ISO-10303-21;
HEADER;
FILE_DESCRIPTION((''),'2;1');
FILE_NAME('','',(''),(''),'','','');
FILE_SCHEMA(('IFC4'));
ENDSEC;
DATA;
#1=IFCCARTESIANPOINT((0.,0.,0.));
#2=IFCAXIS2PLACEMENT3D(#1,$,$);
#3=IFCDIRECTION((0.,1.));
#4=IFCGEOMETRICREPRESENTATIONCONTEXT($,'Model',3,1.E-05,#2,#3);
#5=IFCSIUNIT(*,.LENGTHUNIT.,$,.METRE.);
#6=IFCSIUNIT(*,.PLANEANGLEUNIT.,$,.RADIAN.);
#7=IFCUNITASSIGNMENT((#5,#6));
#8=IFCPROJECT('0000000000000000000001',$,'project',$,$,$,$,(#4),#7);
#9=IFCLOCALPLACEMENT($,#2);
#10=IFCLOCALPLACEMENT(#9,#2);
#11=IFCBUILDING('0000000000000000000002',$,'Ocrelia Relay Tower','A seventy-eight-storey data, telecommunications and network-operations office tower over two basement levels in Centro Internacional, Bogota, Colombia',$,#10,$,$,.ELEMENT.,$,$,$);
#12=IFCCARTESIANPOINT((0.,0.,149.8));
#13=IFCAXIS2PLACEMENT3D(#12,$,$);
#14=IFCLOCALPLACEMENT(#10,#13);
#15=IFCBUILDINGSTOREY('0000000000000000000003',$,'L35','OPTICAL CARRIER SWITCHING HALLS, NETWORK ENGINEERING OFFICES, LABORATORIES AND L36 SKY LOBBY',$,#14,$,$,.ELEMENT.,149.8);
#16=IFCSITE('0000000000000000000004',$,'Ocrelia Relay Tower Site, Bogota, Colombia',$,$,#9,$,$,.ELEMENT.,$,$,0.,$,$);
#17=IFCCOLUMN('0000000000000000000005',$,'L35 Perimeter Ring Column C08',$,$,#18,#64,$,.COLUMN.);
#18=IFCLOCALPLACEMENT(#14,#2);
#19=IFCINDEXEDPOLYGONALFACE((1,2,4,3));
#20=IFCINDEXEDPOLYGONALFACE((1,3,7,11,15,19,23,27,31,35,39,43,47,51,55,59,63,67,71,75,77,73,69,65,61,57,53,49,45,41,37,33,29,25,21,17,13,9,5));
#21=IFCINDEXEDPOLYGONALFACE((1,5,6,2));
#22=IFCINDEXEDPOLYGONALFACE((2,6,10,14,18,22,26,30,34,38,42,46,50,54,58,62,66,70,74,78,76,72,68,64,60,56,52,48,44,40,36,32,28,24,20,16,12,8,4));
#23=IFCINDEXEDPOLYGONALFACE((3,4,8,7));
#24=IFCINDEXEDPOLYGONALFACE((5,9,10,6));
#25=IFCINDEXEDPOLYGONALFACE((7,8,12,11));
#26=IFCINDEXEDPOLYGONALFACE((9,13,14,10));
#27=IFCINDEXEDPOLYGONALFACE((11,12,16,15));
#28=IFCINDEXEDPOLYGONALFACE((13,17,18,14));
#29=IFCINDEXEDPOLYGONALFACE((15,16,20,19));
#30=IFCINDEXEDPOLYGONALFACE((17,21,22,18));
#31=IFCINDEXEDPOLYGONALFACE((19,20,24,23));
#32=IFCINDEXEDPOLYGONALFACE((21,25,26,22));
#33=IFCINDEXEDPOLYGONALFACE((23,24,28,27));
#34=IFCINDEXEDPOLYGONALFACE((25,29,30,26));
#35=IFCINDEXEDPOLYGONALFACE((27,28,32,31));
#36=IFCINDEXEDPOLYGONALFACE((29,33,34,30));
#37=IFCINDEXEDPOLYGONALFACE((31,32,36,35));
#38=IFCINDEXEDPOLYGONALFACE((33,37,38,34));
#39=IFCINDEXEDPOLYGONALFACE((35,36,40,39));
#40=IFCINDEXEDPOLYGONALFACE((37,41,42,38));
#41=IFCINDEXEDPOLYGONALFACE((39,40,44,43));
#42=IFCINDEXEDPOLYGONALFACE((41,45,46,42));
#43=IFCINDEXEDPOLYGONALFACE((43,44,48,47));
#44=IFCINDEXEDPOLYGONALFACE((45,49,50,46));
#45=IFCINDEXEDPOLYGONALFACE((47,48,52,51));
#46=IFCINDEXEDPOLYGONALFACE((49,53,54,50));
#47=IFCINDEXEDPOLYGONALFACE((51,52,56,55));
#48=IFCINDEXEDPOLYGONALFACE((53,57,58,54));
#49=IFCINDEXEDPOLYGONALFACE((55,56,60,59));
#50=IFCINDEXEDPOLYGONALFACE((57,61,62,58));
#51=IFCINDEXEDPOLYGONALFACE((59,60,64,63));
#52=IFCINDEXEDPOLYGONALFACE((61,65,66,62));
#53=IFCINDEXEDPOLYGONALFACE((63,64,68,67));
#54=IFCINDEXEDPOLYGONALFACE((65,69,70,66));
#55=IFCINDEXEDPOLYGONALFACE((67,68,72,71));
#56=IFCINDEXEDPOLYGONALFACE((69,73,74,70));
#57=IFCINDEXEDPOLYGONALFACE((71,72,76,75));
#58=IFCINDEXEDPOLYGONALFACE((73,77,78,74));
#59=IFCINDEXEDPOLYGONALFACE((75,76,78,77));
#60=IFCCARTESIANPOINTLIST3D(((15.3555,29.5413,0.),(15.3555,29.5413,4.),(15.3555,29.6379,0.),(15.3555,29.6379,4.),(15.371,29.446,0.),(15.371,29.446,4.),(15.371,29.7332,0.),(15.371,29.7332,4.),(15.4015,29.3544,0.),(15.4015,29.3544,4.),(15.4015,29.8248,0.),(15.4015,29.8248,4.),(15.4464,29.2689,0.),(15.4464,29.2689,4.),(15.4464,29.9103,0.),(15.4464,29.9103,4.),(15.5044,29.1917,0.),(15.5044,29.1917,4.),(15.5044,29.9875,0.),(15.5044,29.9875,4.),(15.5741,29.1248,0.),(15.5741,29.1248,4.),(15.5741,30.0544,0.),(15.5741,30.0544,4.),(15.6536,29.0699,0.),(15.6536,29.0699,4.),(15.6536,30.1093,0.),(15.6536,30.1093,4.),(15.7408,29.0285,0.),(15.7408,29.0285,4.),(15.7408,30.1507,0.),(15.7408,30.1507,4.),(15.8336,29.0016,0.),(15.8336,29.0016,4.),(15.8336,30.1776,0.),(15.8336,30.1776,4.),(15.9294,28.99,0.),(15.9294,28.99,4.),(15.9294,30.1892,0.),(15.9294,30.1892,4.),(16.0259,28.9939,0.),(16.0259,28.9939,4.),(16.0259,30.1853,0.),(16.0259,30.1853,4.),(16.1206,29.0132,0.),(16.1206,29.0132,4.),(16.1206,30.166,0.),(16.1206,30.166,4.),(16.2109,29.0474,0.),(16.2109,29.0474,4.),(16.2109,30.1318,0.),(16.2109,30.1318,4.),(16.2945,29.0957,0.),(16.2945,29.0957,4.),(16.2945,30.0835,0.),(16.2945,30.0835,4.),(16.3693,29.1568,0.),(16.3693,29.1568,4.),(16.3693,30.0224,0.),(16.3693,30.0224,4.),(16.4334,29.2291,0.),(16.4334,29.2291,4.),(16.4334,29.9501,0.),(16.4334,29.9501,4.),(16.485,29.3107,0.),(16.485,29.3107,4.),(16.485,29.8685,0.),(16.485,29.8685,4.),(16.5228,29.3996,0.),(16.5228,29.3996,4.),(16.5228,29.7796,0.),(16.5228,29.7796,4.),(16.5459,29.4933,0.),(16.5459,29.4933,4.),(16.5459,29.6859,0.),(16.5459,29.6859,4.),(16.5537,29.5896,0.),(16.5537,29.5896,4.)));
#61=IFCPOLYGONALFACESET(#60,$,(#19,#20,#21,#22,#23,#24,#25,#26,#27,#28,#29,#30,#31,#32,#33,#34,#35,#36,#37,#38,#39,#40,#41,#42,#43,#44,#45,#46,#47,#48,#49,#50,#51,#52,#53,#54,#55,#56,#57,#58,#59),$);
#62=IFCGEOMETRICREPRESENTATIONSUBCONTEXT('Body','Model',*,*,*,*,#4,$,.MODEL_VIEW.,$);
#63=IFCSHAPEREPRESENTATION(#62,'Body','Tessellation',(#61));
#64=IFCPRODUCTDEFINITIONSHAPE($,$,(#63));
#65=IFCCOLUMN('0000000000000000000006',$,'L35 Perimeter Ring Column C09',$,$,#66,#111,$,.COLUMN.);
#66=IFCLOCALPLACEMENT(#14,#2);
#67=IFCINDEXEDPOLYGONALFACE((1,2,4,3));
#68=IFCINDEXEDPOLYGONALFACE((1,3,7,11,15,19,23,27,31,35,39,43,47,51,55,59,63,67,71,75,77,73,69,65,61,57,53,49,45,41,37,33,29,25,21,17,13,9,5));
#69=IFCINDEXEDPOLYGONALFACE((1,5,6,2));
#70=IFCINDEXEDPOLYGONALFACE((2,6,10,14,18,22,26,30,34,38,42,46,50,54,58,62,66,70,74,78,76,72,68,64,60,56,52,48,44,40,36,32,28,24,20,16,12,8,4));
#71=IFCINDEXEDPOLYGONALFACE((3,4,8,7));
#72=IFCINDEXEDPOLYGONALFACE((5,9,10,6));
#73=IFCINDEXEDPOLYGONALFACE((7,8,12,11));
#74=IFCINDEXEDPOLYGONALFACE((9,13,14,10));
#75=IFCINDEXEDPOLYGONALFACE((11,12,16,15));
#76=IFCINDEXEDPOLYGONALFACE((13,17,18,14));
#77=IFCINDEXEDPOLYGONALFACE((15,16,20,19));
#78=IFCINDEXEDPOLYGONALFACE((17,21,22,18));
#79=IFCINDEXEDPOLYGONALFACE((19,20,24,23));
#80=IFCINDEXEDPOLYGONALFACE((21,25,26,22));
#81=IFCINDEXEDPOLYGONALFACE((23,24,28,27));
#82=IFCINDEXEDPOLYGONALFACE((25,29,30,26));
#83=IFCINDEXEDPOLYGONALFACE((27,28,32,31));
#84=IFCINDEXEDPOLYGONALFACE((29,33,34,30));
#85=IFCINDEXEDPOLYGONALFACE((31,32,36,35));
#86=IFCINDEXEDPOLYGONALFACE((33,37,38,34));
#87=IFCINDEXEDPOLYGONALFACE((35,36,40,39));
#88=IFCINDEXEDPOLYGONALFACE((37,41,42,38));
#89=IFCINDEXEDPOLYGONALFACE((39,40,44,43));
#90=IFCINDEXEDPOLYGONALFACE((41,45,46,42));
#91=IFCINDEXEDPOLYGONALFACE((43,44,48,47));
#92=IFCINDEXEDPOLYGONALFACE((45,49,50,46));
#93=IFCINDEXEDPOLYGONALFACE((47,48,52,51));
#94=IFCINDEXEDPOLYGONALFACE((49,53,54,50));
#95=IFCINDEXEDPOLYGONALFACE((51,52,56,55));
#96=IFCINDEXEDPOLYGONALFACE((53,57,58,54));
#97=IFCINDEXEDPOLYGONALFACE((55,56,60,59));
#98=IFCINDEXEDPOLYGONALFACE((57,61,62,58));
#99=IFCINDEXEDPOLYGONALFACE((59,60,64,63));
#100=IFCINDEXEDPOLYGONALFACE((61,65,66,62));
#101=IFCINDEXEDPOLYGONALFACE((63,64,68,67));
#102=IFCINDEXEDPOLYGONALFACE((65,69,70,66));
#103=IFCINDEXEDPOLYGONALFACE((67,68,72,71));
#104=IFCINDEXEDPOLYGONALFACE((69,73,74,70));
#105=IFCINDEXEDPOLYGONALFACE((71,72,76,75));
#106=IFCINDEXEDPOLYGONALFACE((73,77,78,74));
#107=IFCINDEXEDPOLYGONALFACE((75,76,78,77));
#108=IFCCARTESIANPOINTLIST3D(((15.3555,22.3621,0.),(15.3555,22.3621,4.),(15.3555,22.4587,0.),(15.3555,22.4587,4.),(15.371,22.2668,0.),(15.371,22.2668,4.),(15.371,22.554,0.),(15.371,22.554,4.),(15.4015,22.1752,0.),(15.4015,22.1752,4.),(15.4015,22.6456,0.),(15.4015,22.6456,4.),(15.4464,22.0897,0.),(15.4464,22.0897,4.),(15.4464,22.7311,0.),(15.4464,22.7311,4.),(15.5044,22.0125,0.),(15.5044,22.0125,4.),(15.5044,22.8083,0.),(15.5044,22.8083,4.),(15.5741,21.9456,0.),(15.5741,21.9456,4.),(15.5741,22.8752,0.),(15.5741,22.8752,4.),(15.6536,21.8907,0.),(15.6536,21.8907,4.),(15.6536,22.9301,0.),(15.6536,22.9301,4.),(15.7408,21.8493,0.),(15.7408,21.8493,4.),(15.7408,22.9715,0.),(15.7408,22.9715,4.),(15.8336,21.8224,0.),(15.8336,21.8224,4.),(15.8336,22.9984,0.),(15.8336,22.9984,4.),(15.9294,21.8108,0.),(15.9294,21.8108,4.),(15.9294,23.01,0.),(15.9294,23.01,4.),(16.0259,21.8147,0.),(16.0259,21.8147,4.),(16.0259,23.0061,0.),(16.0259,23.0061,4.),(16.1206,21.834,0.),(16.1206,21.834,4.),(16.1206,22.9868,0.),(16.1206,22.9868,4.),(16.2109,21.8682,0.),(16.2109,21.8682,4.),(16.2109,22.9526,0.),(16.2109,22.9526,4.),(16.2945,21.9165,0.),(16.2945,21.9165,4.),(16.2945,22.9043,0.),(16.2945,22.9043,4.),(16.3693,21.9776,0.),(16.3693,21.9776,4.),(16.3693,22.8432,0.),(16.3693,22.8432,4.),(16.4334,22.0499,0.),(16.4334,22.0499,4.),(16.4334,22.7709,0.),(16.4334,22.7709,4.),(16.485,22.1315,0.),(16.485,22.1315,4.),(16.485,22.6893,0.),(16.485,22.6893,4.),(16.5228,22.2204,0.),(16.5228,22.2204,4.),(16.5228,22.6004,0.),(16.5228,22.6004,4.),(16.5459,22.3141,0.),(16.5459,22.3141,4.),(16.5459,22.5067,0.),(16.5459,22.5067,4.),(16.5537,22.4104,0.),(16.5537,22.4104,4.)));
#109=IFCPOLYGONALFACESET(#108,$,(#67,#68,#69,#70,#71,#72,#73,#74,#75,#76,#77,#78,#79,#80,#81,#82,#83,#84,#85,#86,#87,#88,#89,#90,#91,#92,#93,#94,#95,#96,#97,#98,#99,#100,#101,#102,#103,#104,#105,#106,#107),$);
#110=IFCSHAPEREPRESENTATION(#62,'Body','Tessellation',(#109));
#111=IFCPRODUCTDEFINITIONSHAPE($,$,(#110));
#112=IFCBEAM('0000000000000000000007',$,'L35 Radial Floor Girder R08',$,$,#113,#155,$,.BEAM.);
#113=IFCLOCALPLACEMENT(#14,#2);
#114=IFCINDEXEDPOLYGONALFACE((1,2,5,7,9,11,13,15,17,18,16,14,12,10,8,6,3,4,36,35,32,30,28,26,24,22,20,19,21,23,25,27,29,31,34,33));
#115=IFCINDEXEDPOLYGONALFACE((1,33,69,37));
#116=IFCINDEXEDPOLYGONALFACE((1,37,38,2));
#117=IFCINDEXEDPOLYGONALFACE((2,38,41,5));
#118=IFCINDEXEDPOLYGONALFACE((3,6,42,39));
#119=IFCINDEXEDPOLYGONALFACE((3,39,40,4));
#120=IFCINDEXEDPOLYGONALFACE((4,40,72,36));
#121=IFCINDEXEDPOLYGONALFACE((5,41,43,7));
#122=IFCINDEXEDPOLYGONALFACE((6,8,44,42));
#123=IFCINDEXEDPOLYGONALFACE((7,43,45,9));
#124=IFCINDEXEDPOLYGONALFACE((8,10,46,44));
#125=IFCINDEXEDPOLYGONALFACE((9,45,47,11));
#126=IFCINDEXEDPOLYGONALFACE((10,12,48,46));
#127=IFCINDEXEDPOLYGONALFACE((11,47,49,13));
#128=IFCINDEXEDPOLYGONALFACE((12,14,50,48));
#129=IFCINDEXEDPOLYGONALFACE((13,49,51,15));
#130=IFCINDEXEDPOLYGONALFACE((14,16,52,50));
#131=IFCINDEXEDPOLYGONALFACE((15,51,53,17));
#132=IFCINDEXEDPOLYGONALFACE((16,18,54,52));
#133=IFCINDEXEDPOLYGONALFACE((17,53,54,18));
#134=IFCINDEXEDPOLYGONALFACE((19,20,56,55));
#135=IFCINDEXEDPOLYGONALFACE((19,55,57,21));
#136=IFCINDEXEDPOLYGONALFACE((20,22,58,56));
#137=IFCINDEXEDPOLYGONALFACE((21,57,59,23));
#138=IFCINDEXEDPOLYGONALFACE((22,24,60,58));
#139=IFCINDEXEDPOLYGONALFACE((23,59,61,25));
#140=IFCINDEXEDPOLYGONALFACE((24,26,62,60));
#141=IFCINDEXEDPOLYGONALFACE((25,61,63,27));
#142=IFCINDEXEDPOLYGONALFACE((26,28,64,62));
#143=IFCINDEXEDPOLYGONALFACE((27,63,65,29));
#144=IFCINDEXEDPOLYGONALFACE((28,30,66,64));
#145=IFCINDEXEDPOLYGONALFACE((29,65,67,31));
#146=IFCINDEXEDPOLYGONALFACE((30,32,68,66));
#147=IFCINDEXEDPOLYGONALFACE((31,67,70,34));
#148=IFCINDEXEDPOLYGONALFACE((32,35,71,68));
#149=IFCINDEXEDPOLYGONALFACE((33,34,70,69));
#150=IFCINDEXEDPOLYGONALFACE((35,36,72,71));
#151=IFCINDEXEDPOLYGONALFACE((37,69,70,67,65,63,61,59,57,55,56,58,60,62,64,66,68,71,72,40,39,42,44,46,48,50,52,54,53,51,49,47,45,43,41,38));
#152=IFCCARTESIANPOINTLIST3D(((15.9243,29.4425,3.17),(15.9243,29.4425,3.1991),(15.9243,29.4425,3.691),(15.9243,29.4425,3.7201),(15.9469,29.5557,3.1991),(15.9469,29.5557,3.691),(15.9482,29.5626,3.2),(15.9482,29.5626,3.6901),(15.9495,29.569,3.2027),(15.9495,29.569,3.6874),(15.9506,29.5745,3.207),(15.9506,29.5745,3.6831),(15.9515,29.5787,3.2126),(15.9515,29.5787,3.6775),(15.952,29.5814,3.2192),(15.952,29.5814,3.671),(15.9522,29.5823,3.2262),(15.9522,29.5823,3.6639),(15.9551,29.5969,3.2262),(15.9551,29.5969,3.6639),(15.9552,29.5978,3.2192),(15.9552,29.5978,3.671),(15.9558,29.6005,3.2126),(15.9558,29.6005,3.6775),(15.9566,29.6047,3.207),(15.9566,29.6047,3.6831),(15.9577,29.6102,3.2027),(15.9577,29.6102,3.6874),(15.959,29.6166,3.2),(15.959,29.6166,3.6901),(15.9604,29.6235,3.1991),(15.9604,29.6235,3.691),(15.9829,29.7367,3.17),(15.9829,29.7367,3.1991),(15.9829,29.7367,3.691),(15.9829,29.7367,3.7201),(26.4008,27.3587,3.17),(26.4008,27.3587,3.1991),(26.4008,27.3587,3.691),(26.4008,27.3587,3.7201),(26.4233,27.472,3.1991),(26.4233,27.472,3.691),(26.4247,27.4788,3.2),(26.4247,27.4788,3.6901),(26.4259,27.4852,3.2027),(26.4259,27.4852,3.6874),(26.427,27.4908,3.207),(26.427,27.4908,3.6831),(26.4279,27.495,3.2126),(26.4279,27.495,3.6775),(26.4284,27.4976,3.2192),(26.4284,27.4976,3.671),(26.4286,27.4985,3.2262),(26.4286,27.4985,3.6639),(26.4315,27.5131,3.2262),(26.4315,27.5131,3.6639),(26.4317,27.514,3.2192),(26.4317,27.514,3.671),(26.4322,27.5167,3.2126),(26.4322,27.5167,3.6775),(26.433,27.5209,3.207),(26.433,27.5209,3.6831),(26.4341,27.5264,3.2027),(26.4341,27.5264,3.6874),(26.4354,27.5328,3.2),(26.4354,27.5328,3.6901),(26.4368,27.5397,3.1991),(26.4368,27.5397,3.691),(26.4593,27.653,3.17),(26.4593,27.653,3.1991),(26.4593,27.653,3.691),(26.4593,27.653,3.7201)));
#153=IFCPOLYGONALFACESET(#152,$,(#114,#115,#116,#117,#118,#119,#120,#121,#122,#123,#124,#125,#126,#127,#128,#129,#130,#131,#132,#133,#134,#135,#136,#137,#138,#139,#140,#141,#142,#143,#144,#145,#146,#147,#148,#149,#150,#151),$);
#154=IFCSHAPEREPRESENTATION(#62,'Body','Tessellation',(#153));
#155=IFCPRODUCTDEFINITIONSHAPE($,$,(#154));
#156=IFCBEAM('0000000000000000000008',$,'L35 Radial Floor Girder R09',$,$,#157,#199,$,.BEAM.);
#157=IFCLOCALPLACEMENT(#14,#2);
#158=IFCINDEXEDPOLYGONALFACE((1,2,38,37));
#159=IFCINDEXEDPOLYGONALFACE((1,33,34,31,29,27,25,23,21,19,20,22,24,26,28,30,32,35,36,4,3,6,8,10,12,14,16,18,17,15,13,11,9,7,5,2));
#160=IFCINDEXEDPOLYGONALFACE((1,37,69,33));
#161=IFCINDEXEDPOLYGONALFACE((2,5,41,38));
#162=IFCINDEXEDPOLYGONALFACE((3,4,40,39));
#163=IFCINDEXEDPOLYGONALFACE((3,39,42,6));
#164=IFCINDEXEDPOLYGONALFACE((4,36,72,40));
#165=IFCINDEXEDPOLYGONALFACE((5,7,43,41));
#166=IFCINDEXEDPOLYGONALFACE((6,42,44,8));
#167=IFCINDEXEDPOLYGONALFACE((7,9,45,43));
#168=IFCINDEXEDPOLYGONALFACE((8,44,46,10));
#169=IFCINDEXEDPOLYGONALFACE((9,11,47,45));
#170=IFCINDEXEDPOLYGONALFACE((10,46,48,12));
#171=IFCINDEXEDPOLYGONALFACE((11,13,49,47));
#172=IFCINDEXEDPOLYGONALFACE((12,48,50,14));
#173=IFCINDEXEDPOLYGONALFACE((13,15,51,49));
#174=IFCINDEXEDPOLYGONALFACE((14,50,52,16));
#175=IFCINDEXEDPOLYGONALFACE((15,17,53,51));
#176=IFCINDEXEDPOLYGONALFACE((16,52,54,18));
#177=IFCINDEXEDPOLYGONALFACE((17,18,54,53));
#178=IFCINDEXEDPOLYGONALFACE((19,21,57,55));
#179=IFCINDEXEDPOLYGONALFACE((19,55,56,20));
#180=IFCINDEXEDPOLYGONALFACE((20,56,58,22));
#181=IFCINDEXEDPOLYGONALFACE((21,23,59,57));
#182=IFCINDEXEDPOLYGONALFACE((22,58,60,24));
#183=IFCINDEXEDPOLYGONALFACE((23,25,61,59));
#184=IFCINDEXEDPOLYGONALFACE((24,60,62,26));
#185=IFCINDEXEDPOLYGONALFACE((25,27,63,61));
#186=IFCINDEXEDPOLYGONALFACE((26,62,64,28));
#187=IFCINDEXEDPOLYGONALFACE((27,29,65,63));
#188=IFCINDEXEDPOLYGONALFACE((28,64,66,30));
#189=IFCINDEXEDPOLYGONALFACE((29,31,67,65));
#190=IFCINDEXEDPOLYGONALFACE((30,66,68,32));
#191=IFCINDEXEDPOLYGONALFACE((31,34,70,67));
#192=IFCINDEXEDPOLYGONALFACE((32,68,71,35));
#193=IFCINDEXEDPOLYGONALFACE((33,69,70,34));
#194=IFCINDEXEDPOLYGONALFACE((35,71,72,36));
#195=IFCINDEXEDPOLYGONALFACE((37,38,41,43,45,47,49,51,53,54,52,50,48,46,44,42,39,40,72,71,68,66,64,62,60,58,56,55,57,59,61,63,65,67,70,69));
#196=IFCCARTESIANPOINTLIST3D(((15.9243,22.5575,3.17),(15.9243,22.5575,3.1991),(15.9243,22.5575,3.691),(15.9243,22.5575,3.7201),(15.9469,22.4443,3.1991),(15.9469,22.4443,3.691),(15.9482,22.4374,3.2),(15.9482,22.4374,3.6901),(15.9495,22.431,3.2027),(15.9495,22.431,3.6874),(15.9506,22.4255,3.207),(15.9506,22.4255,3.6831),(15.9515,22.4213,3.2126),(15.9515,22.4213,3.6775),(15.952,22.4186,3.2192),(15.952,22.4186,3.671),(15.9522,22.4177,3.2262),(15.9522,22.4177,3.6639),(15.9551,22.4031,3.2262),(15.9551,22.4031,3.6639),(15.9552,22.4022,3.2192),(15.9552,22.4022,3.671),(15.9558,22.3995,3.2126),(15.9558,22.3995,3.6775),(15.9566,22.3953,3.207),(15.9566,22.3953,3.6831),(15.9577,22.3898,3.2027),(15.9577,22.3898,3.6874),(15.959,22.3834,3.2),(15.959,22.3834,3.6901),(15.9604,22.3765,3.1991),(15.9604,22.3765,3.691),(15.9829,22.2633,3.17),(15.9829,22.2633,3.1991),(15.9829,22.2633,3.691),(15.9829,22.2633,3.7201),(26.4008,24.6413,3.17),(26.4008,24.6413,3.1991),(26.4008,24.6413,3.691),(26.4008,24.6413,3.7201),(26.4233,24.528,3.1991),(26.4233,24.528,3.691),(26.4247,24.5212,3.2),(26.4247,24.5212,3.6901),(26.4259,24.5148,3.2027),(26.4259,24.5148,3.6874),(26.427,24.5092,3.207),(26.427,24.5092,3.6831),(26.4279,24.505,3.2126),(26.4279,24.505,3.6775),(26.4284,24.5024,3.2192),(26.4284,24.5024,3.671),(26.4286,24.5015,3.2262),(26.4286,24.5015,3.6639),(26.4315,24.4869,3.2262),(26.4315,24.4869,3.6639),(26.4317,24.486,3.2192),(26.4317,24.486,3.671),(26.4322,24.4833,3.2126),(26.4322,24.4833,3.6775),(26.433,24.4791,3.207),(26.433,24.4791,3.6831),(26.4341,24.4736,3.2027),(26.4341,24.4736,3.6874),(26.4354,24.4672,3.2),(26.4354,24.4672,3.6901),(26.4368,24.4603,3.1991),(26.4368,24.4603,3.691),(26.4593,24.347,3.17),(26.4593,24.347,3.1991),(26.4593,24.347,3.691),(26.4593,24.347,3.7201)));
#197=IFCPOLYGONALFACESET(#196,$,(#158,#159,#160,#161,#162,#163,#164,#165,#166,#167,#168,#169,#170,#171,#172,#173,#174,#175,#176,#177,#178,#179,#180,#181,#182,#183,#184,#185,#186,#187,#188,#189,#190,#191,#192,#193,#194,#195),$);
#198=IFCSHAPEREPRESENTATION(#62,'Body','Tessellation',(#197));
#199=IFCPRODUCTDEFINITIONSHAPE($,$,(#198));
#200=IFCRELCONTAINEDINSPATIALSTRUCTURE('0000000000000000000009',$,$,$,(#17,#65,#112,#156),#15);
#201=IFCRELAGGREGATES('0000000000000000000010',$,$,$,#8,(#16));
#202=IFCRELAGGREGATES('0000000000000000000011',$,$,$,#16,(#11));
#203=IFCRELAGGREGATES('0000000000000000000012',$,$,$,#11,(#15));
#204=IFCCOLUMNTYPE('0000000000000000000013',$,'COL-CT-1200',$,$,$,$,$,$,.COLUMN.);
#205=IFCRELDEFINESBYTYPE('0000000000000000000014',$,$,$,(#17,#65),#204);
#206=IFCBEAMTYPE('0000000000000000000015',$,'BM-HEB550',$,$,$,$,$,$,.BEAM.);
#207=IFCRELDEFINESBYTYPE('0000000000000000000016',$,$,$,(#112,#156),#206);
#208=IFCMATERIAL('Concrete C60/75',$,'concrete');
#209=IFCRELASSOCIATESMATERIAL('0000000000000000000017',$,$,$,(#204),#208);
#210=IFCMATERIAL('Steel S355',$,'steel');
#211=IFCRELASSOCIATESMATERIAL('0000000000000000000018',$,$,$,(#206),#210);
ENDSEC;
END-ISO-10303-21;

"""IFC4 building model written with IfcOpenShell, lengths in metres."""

from ifc_helpers import new_model, si_unit, direction, frame, origin, origin_2d, place, context, subcontext, project, spatial, circle, i_section, extrude, material, material_profile, profile_set, type_object, element, save


model = new_model("IFC4")

# Units and contexts
model_context = context("Model", 3, precision=1e-05, world=origin(), true_north=direction((0.0, 1.0)))
body_context = subcontext(model_context, "Body", "Model", "MODEL_VIEW")
ifc_project = project(units=[si_unit("LENGTHUNIT", "METRE"), si_unit("PLANEANGLEUNIT", "RADIAN")], contexts=[model_context])

# Site, building, storey
site_placement = place(None, origin())
site = spatial("IfcSite", under=ifc_project, at=site_placement, Name="Ocrelia Relay Tower Site, Bogota, Colombia", CompositionType="ELEMENT", RefElevation=0.0)
building_placement = place(site_placement, origin())
building = spatial("IfcBuilding", under=site, at=building_placement, Name="Ocrelia Relay Tower", Description="A seventy-eight-storey data, telecommunications and network-operations office tower over two basement levels in Centro Internacional, Bogota, Colombia", CompositionType="ELEMENT")
storey_placement = place(building_placement, frame((0.0, 0.0, 149.8)))
storey = spatial("IfcBuildingStorey", under=building, at=storey_placement, Name="L35", Description="OPTICAL CARRIER SWITCHING HALLS, NETWORK ENGINEERING OFFICES, LABORATORIES AND L36 SKY LOBBY", CompositionType="ELEMENT", Elevation=149.8)

# Columns
ifc_material_1 = material(Name="Concrete C60/75", Category="concrete")
ifc_material_profile_1 = material_profile(ifc_material_1, circle(Radius=0.6001, at=origin_2d()), Name="RC-CIR-1200")
ifc_profile_set_1 = profile_set([ifc_material_profile_1], Name="Concrete C60/75")
column_type = type_object("IfcColumnType", Name="COL-CT-1200", PredefinedType="COLUMN", material=ifc_profile_set_1)
for number, where, z_axis, x_axis, name in (
    (1, (15.9536, 29.5896, 0.0), (0.0, 0.0, 1.0), (1.0, 0.0, 0.0), "L35 Perimeter Ring Column C08"),
    (2, (15.9536, 22.4104, 0.0), (0.0, 0.0, 1.0), (1.0, 0.0, 0.0), "L35 Perimeter Ring Column C09"),
):
    element("IfcColumn", number, at=place(storey_placement, frame(where, z_axis=z_axis, x_axis=x_axis)), inside=storey, type_object=column_type, Name=name, PredefinedType="COLUMN", context=body_context, shape_type="SweptSolid", body=[
        extrude(circle(Radius=0.6001, at=origin_2d()), origin(), (0.0, 0.0, 1.0), 4.0),
    ])

# Beams
ifc_material_2 = material(Name="Steel S355", Category="steel")
ifc_material_profile_2 = material_profile(ifc_material_2, i_section(OverallWidth=0.3, OverallDepth=0.55, WebThickness=0.0149, FlangeThickness=0.0291, FilletRadius=0.0271, at=origin_2d()), Name="HEB 550")
ifc_profile_set_2 = profile_set([ifc_material_profile_2], Name="Steel S355")
beam_type_1 = type_object("IfcBeamType", Name="BM-HEB550", PredefinedType="BEAM", material=ifc_profile_set_2)
for number, where, z_axis, x_axis, name in (
    (3, (15.9536, 29.5896, 3.4451), (0.980788, -0.195079, 0.0), (0.195079, 0.980788, 0.0), "L35 Radial Floor Girder R08"),
    (4, (15.9536, 22.4104, 3.4451), (0.980788, 0.195079, 0.0), (-0.195079, 0.980788, 0.0), "L35 Radial Floor Girder R09"),
):
    element("IfcBeam", number, at=place(storey_placement, frame(where, z_axis=z_axis, x_axis=x_axis)), inside=storey, type_object=beam_type_1, Name=name, PredefinedType="BEAM", context=body_context, shape_type="SweptSolid", body=[
        extrude(i_section(OverallWidth=0.3, OverallDepth=0.55, WebThickness=0.0149, FlangeThickness=0.0291, FilletRadius=0.0271, at=origin_2d()), origin(), (0.0, 0.0, 1.0), 10.6816),
    ])

save(model, "model.ifc")
